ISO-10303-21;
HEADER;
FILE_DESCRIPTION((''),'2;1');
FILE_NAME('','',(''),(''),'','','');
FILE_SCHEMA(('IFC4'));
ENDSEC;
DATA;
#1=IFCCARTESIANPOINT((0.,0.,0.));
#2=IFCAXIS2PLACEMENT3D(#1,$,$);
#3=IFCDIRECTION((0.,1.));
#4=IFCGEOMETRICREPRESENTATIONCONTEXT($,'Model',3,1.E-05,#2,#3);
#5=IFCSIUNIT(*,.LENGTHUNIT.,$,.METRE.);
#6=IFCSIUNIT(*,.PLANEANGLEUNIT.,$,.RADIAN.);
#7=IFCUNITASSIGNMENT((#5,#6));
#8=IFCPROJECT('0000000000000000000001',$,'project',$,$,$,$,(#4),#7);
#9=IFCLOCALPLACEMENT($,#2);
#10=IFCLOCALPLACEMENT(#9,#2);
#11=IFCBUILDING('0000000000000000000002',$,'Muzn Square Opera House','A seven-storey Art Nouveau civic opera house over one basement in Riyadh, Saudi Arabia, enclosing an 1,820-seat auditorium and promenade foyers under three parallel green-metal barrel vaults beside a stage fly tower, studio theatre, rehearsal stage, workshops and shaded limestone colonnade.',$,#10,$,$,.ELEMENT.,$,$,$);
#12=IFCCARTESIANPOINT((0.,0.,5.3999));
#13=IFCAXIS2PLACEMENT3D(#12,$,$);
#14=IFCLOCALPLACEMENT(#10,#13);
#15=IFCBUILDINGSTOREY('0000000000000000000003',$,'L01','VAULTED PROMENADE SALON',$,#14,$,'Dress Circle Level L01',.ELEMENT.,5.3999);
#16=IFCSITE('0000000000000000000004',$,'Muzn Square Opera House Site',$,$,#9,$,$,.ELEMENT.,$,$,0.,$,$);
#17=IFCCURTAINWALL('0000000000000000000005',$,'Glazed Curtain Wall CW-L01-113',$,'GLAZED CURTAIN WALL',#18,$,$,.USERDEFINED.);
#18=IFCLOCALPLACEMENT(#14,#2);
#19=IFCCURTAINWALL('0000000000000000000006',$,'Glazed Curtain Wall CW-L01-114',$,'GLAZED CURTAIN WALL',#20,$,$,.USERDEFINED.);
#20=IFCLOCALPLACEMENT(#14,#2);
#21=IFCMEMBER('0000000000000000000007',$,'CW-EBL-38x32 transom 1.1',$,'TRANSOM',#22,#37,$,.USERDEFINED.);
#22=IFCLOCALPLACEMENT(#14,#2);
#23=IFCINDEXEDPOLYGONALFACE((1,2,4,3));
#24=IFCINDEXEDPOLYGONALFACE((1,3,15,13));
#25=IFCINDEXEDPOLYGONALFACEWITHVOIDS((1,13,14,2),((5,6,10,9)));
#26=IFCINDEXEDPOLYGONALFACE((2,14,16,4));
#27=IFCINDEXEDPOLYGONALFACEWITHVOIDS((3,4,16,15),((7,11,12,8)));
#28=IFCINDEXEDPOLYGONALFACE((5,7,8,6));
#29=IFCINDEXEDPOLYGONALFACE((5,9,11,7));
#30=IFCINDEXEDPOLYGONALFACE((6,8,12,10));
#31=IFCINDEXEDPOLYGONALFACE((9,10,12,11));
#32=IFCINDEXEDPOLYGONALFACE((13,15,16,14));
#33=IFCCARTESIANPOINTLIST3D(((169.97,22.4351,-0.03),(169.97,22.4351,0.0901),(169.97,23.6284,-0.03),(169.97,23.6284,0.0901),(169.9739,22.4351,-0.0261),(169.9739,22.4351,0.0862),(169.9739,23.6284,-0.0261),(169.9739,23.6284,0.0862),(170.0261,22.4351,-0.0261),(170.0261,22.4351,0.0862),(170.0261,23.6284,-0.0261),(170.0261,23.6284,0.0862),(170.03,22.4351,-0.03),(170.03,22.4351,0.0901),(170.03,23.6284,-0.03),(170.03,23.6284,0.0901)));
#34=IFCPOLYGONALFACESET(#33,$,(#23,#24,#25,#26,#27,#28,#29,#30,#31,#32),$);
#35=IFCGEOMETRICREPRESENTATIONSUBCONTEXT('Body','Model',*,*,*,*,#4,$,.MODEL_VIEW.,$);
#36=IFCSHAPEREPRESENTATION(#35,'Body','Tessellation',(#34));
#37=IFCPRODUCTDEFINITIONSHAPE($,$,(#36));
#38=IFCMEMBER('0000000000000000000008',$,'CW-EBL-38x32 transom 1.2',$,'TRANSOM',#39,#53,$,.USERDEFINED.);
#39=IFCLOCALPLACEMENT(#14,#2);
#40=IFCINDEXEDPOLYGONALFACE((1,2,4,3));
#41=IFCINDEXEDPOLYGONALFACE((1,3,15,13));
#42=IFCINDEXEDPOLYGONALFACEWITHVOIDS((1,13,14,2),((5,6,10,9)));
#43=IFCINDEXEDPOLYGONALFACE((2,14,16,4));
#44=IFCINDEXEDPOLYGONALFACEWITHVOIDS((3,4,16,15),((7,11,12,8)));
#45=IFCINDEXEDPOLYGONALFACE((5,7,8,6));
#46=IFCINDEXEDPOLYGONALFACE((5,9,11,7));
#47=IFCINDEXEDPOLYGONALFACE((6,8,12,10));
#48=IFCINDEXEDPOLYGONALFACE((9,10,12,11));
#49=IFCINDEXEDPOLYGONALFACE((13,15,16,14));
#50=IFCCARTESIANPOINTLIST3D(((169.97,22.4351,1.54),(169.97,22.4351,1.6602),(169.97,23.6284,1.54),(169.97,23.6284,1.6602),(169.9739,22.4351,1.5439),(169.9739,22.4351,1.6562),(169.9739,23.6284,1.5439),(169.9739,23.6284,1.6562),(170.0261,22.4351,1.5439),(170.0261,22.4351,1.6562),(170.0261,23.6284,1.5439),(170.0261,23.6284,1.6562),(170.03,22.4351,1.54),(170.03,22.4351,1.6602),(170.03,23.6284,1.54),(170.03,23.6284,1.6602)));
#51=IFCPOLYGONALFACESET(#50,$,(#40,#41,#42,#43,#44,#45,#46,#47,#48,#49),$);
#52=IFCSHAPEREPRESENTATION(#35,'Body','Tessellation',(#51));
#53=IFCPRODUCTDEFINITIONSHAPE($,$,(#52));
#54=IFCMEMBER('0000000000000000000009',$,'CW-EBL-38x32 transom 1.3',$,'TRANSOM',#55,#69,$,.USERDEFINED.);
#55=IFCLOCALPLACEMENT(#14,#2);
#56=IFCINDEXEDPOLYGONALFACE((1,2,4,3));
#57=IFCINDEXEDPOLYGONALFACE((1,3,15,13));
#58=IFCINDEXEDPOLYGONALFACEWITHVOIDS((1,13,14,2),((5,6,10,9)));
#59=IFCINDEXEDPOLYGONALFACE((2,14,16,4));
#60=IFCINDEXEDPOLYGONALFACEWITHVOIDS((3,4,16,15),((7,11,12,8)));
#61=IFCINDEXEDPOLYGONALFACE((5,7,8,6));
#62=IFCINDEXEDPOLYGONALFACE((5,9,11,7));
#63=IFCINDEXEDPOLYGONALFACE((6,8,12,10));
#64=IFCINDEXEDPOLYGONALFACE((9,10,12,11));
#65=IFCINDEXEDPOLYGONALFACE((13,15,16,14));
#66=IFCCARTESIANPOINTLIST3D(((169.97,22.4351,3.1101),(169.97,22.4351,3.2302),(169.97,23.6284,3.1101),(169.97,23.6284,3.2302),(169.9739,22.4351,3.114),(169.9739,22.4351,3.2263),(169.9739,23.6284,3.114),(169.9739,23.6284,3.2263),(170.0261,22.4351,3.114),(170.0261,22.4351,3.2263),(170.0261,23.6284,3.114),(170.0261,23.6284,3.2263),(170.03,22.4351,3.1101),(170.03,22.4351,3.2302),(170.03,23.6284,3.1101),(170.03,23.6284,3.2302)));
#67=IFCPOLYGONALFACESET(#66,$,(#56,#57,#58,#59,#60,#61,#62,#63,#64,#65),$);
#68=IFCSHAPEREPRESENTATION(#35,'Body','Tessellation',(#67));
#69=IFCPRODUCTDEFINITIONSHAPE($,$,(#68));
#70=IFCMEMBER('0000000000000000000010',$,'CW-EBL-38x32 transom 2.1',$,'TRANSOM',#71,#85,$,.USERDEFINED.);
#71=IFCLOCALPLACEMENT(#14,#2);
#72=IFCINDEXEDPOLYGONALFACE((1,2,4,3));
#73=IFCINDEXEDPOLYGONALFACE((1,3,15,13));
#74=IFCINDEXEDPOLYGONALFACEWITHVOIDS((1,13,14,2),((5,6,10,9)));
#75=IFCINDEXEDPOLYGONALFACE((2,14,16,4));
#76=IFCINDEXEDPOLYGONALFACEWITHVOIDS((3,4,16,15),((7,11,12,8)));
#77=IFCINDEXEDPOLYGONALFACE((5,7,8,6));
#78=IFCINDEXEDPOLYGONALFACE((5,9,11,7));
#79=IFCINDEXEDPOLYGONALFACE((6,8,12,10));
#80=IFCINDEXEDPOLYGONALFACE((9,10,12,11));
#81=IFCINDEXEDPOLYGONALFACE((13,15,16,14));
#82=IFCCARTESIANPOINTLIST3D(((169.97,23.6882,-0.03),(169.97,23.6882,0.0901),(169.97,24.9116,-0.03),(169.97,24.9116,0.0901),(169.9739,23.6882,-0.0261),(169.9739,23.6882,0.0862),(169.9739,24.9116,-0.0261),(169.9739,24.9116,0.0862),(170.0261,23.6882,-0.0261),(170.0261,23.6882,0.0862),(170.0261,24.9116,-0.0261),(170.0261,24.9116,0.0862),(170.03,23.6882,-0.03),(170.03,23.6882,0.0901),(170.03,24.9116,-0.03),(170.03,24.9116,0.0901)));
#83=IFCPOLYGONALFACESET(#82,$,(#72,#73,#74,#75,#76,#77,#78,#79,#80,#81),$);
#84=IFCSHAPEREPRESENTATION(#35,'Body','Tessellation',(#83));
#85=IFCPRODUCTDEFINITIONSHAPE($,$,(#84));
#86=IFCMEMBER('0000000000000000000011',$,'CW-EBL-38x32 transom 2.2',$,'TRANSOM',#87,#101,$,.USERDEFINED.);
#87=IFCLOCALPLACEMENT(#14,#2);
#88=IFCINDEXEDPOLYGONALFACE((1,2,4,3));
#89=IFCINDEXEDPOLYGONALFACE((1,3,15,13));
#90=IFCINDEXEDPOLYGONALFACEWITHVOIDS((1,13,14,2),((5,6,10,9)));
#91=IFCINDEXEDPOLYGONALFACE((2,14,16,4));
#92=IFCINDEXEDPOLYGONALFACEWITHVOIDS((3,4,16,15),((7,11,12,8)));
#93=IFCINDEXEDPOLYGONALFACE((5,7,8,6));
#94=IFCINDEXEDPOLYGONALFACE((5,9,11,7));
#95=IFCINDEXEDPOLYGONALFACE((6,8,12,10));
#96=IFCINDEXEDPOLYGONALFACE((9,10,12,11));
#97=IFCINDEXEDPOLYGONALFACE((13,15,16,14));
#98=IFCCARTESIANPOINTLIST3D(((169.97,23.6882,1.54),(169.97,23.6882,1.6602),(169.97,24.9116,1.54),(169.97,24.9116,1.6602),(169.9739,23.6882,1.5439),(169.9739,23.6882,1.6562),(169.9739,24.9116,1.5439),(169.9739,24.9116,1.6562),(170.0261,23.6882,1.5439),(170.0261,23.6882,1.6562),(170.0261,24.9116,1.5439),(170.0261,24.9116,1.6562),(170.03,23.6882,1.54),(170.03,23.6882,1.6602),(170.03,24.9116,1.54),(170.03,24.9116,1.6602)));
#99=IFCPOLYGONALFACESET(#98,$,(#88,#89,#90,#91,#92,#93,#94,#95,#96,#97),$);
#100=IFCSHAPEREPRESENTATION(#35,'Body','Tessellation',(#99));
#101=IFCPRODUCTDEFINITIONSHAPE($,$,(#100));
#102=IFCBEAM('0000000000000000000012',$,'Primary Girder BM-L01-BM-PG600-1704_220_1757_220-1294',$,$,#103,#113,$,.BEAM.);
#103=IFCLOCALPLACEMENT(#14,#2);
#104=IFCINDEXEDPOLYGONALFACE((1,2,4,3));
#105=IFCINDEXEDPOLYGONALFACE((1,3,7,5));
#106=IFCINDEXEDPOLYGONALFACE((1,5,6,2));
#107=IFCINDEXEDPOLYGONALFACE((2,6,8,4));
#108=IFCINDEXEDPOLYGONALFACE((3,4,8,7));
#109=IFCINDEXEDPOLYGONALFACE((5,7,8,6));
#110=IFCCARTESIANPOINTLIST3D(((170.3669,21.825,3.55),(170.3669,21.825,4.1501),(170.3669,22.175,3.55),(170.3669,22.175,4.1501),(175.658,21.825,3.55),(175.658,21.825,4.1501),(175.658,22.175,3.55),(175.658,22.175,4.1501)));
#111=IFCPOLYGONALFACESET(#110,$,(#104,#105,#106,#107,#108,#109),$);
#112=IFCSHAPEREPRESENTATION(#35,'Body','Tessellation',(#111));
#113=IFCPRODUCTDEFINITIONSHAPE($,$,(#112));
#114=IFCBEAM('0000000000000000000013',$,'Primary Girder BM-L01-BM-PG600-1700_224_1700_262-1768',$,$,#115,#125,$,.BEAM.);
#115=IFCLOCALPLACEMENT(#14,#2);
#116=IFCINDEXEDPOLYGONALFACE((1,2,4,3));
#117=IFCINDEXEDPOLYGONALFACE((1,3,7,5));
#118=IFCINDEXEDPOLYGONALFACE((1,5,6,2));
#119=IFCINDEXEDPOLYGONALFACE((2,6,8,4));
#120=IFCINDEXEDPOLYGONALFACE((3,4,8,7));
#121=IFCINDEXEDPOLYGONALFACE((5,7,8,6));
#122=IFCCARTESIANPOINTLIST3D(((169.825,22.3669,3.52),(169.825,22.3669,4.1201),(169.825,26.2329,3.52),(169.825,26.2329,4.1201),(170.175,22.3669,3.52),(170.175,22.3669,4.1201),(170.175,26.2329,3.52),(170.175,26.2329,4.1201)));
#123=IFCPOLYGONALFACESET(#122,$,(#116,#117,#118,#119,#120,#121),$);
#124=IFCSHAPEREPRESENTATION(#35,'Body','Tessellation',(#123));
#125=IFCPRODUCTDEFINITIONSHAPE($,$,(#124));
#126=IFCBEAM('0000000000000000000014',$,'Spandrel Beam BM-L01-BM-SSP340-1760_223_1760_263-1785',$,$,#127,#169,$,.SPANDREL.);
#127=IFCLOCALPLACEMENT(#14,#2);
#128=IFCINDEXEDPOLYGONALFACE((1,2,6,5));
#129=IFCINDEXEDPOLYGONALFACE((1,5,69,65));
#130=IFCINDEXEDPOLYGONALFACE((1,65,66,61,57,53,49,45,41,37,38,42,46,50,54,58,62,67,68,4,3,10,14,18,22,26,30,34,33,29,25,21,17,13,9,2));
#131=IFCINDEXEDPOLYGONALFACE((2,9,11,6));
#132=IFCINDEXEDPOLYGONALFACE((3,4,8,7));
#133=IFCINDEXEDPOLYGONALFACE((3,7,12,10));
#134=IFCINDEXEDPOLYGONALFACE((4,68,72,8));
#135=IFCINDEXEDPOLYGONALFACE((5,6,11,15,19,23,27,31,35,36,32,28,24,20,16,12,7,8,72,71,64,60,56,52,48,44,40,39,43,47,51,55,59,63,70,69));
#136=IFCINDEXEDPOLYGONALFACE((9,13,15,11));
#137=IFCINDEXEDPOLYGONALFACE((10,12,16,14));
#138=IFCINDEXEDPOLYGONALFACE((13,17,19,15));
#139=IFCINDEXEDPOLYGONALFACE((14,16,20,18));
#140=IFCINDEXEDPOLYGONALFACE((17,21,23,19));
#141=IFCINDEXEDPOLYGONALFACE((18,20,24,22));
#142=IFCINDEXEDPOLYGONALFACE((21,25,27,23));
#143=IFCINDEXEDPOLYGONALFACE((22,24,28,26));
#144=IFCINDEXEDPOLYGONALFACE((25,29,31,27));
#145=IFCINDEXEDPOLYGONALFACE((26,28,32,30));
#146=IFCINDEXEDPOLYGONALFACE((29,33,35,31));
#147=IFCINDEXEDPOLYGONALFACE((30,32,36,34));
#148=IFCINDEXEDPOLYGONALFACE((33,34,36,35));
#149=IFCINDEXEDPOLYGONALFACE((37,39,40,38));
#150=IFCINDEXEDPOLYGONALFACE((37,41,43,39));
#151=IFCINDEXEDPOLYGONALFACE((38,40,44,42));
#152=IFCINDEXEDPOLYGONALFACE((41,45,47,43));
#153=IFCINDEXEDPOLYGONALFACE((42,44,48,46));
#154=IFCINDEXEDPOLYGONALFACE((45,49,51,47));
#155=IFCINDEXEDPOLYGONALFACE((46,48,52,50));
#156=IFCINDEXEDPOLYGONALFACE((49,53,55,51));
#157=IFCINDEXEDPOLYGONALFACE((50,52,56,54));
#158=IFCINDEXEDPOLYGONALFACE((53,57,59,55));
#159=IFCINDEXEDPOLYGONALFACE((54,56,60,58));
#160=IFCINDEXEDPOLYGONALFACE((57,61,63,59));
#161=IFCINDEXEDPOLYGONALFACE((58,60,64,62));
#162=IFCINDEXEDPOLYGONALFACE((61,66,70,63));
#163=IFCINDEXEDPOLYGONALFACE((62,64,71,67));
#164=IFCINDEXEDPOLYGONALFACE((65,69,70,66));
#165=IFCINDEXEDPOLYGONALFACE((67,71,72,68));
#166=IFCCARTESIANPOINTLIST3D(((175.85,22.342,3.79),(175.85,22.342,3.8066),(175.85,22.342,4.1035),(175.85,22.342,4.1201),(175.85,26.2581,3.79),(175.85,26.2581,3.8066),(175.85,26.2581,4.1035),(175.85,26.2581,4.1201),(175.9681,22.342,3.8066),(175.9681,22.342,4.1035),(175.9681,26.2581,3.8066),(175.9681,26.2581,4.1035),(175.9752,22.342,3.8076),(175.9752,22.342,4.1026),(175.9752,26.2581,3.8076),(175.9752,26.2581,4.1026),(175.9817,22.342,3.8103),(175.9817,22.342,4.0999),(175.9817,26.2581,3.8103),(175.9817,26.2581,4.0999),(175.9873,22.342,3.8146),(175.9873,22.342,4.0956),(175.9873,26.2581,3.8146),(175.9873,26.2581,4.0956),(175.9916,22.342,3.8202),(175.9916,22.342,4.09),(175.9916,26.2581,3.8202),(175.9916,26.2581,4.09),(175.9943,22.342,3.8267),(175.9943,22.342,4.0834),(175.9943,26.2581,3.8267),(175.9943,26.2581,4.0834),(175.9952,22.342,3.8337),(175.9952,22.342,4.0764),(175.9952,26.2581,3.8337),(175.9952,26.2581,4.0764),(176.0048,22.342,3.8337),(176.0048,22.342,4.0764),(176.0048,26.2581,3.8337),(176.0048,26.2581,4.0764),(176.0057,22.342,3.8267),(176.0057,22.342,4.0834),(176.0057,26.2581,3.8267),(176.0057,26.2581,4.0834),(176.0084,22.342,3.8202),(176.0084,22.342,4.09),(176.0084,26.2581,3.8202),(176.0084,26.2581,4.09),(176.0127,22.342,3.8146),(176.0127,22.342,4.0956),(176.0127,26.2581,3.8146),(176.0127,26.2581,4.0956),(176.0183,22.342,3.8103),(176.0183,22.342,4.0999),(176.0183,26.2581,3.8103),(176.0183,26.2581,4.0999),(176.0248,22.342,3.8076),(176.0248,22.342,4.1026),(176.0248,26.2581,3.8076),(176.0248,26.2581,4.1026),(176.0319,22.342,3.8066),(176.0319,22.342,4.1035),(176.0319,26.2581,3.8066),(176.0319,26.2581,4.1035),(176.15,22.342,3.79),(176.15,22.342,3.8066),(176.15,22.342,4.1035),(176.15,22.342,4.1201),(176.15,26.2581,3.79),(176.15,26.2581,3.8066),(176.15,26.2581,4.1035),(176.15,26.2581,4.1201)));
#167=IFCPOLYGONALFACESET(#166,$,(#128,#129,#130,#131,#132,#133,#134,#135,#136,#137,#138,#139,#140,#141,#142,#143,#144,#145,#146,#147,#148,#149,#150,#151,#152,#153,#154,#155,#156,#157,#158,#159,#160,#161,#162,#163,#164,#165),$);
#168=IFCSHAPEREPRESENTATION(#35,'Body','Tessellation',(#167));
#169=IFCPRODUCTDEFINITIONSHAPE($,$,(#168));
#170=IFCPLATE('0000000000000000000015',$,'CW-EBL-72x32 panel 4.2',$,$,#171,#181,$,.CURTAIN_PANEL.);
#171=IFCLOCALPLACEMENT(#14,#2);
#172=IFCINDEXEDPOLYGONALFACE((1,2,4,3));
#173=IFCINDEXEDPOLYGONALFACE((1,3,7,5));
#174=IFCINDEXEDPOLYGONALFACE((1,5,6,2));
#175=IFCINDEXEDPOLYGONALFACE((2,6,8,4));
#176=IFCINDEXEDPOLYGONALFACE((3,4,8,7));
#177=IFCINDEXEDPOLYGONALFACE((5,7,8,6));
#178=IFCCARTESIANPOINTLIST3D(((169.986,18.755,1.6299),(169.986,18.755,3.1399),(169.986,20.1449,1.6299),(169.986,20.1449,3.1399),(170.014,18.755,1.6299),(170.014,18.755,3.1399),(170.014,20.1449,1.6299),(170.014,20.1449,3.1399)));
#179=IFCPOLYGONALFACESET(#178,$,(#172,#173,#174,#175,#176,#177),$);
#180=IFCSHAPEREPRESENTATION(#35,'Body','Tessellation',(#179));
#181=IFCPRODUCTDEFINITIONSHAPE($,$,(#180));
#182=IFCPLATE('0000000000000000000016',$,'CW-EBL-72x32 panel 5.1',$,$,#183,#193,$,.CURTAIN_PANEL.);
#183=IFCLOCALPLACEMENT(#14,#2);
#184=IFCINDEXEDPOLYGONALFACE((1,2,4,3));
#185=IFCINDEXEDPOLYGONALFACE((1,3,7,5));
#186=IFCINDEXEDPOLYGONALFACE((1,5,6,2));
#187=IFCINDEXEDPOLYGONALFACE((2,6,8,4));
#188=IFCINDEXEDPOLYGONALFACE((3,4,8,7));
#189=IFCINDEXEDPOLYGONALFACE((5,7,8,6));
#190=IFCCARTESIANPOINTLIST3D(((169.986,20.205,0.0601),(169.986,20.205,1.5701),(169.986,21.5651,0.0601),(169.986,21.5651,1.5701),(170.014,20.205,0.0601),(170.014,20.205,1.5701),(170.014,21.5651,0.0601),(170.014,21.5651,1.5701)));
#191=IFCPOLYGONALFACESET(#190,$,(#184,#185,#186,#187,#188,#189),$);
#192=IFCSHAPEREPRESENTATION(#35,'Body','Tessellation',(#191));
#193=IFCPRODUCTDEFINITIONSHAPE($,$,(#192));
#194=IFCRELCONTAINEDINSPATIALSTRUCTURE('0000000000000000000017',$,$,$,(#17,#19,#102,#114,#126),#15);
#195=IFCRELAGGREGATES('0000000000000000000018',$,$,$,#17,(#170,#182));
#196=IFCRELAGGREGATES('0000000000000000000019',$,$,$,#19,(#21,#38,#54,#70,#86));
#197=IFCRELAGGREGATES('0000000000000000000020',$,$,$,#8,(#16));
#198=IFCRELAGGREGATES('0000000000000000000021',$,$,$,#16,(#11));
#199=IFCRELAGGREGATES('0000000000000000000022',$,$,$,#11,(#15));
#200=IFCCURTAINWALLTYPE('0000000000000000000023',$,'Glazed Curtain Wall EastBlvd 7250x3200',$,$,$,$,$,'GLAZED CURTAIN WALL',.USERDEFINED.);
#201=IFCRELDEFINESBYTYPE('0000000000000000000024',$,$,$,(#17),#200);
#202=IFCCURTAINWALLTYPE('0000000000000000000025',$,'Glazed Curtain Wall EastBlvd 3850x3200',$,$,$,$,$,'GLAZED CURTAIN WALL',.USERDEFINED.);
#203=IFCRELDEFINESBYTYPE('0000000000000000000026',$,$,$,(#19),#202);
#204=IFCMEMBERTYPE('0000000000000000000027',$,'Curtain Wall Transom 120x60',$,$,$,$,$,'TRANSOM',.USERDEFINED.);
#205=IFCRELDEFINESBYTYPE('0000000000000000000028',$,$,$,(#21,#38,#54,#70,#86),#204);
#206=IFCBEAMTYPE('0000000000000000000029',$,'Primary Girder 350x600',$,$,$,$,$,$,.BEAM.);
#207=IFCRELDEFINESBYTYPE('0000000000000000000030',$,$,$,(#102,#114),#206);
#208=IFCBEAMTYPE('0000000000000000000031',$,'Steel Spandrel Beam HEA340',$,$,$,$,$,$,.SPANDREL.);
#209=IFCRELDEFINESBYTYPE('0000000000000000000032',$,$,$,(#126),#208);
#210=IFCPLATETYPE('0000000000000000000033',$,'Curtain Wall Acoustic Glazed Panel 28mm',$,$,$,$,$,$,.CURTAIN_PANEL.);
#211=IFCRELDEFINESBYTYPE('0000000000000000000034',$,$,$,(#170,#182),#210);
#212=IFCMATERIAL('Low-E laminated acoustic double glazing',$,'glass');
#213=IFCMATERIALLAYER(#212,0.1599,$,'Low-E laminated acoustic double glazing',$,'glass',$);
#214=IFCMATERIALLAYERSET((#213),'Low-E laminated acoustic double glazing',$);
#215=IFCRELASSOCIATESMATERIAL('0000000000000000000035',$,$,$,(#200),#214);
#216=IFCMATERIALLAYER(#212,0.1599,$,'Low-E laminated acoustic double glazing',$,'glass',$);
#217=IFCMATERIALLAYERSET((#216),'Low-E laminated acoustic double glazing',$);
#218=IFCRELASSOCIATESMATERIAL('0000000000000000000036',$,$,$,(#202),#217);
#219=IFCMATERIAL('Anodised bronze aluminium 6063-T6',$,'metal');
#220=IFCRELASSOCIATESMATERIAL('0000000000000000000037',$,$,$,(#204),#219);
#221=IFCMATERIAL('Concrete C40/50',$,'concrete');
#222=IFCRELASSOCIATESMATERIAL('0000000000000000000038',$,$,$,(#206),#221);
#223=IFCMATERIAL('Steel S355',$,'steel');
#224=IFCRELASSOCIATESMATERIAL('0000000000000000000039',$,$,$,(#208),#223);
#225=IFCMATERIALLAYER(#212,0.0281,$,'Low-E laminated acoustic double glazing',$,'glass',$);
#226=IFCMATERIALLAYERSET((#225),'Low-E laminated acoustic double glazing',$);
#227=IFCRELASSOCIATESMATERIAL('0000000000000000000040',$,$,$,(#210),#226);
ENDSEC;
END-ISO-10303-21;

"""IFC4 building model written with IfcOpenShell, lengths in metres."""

from ifc_helpers import new_model, si_unit, direction, frame, origin, origin_2d, place, context, subcontext, project, spatial, rectangle, hollow_rectangle, i_section, extrude, material, layer, layer_set, material_profile, profile_set, type_object, element, aggregate, save


model = new_model("IFC4")

# Units and contexts
model_context = context("Model", 3, precision=1e-05, world=origin(), true_north=direction((0.0, 1.0)))
body_context = subcontext(model_context, "Body", "Model", "MODEL_VIEW")
ifc_project = project(units=[si_unit("LENGTHUNIT", "METRE"), si_unit("PLANEANGLEUNIT", "RADIAN")], contexts=[model_context])

# Site, building, storey
site_placement = place(None, origin())
site = spatial("IfcSite", under=ifc_project, at=site_placement, Name="Muzn Square Opera House Site", CompositionType="ELEMENT", RefElevation=0.0)
building_placement = place(site_placement, origin())
building = spatial("IfcBuilding", under=site, at=building_placement, Name="Muzn Square Opera House", Description="A seven-storey Art Nouveau civic opera house over one basement in Riyadh, Saudi Arabia, enclosing an 1,820-seat auditorium and promenade foyers under three parallel green-metal barrel vaults beside a stage fly tower, studio theatre, rehearsal stage, workshops and shaded limestone colonnade.", CompositionType="ELEMENT")
storey_placement = place(building_placement, frame((0.0, 0.0, 5.3999)))
storey = spatial("IfcBuildingStorey", under=building, at=storey_placement, Name="L01", Description="VAULTED PROMENADE SALON", LongName="Dress Circle Level L01", CompositionType="ELEMENT", Elevation=5.3999)

# Curtain walls
ifc_material_1 = material(Name="Low-E laminated acoustic double glazing", Category="glass")
ifc_layer_1 = layer(ifc_material_1, 0.1599, Name="Low-E laminated acoustic double glazing", Category="glass")
ifc_layer_set_1 = layer_set([ifc_layer_1], Name="Low-E laminated acoustic double glazing")
curtain_wall_type_1 = type_object("IfcCurtainWallType", Name="Glazed Curtain Wall EastBlvd 7250x3200", ElementType="GLAZED CURTAIN WALL", PredefinedType="USERDEFINED", material=ifc_layer_set_1)
curtain_wall_1_placement = place(storey_placement, origin())
curtain_wall_1 = element("IfcCurtainWall", 1, at=curtain_wall_1_placement, inside=storey, type_object=curtain_wall_type_1, Name="Glazed Curtain Wall CW-L01-113", ObjectType="GLAZED CURTAIN WALL", PredefinedType="USERDEFINED")
ifc_material_2 = material(Name="Anodised bronze aluminium 6063-T6", Category="metal")
ifc_layer_2 = layer(ifc_material_1, 0.1599, Name="Low-E laminated acoustic double glazing", Category="glass")
ifc_layer_set_2 = layer_set([ifc_layer_2], Name="Low-E laminated acoustic double glazing")
curtain_wall_type_2 = type_object("IfcCurtainWallType", Name="Glazed Curtain Wall EastBlvd 3850x3200", ElementType="GLAZED CURTAIN WALL", PredefinedType="USERDEFINED", material=ifc_layer_set_2)
curtain_wall_2_placement = place(storey_placement, origin())
curtain_wall_2 = element("IfcCurtainWall", 2, at=curtain_wall_2_placement, inside=storey, type_object=curtain_wall_type_2, Name="Glazed Curtain Wall CW-L01-114", ObjectType="GLAZED CURTAIN WALL", PredefinedType="USERDEFINED")

# Members
ifc_material_profile_1 = material_profile(ifc_material_2, hollow_rectangle(XDim=0.0601, YDim=0.1201, WallThickness=0.0039, at=origin_2d()), Name="ALU 120x60x4", Category="metal")
ifc_profile_set_1 = profile_set([ifc_material_profile_1], Name="Anodised bronze aluminium 6063-T6")
member_type_1 = type_object("IfcMemberType", Name="Curtain Wall Transom 120x60", ElementType="TRANSOM", PredefinedType="USERDEFINED", material=ifc_profile_set_1)
member_1_placement = place(storey_placement, frame((170.0, 22.4351, 0.03), z_axis=(0.0, 1.0, 0.0), x_axis=(-1.0, 0.0, 0.0)))
member_1 = element("IfcMember", 3, at=member_1_placement, type_object=member_type_1, Name="CW-EBL-38x32 transom 1.1", ObjectType="TRANSOM", PredefinedType="USERDEFINED", context=body_context, shape_type="SweptSolid", body=[
    extrude(hollow_rectangle(XDim=0.0601, YDim=0.1201, WallThickness=0.0039, at=origin_2d()), origin(), (0.0, 0.0, 1.0), 1.1934),
])
member_2_placement = place(storey_placement, frame((170.0, 22.4351, 1.6001), z_axis=(0.0, 1.0, 0.0), x_axis=(-1.0, 0.0, 0.0)))
member_2 = element("IfcMember", 4, at=member_2_placement, type_object=member_type_1, Name="CW-EBL-38x32 transom 1.2", ObjectType="TRANSOM", PredefinedType="USERDEFINED", context=body_context, shape_type="SweptSolid", body=[
    extrude(hollow_rectangle(XDim=0.0601, YDim=0.1201, WallThickness=0.0039, at=origin_2d()), origin(), (0.0, 0.0, 1.0), 1.1934),
])
member_3_placement = place(storey_placement, frame((170.0, 22.4351, 3.1702), z_axis=(0.0, 1.0, 0.0), x_axis=(-1.0, 0.0, 0.0)))
member_3 = element("IfcMember", 5, at=member_3_placement, type_object=member_type_1, Name="CW-EBL-38x32 transom 1.3", ObjectType="TRANSOM", PredefinedType="USERDEFINED", context=body_context, shape_type="SweptSolid", body=[
    extrude(hollow_rectangle(XDim=0.0601, YDim=0.1201, WallThickness=0.0039, at=origin_2d()), origin(), (0.0, 0.0, 1.0), 1.1934),
])
member_4_placement = place(storey_placement, frame((170.0, 23.6882, 0.03), z_axis=(0.0, 1.0, 0.0), x_axis=(-1.0, 0.0, 0.0)))
member_4 = element("IfcMember", 6, at=member_4_placement, type_object=member_type_1, Name="CW-EBL-38x32 transom 2.1", ObjectType="TRANSOM", PredefinedType="USERDEFINED", context=body_context, shape_type="SweptSolid", body=[
    extrude(hollow_rectangle(XDim=0.0601, YDim=0.1201, WallThickness=0.0039, at=origin_2d()), origin(), (0.0, 0.0, 1.0), 1.2234),
])
member_5_placement = place(storey_placement, frame((170.0, 23.6882, 1.6001), z_axis=(0.0, 1.0, 0.0), x_axis=(-1.0, 0.0, 0.0)))
member_5 = element("IfcMember", 7, at=member_5_placement, type_object=member_type_1, Name="CW-EBL-38x32 transom 2.2", ObjectType="TRANSOM", PredefinedType="USERDEFINED", context=body_context, shape_type="SweptSolid", body=[
    extrude(hollow_rectangle(XDim=0.0601, YDim=0.1201, WallThickness=0.0039, at=origin_2d()), origin(), (0.0, 0.0, 1.0), 1.2234),
])

# Beams
ifc_material_3 = material(Name="Concrete C40/50", Category="concrete")
ifc_material_profile_2 = material_profile(ifc_material_3, rectangle(XDim=0.3501, YDim=0.6001, at=origin_2d()), Name="RCB 350x600", Category="concrete")
ifc_profile_set_2 = profile_set([ifc_material_profile_2], Name="Concrete C40/50")
beam_type_1 = type_object("IfcBeamType", Name="Primary Girder 350x600", PredefinedType="BEAM", material=ifc_profile_set_2)
beam_1_placement = place(storey_placement, frame((170.3669, 22.0, 3.8501), z_axis=(1.0, 0.0, 0.0), x_axis=(0.0, 1.0, 0.0)))
element("IfcBeam", 8, at=beam_1_placement, inside=storey, type_object=beam_type_1, Name="Primary Girder BM-L01-BM-PG600-1704_220_1757_220-1294", PredefinedType="BEAM", context=body_context, shape_type="SweptSolid", body=[
    extrude(rectangle(XDim=0.3501, YDim=0.6001, at=origin_2d()), origin(), (0.0, 0.0, 1.0), 5.291),
])
beam_2_placement = place(storey_placement, frame((170.0, 22.3669, 3.8201), z_axis=(0.0, 1.0, 0.0), x_axis=(-1.0, 0.0, 0.0)))
element("IfcBeam", 9, at=beam_2_placement, inside=storey, type_object=beam_type_1, Name="Primary Girder BM-L01-BM-PG600-1700_224_1700_262-1768", PredefinedType="BEAM", context=body_context, shape_type="SweptSolid", body=[
    extrude(rectangle(XDim=0.3501, YDim=0.6001, at=origin_2d()), origin(), (0.0, 0.0, 1.0), 3.866),
])
ifc_material_4 = material(Name="Steel S355", Category="steel")
ifc_material_profile_3 = material_profile(ifc_material_4, i_section(OverallWidth=0.3, OverallDepth=0.3301, WebThickness=0.0095, FlangeThickness=0.0166, FilletRadius=0.0271, at=origin_2d()), Name="HEA 340", Category="steel")
ifc_profile_set_3 = profile_set([ifc_material_profile_3], Name="Steel S355")
beam_type_2 = type_object("IfcBeamType", Name="Steel Spandrel Beam HEA340", PredefinedType="SPANDREL", material=ifc_profile_set_3)
beam_3_placement = place(storey_placement, frame((176.0, 22.342, 3.9551), z_axis=(0.0, 1.0, 0.0), x_axis=(-1.0, 0.0, 0.0)))
element("IfcBeam", 10, at=beam_3_placement, inside=storey, type_object=beam_type_2, Name="Spandrel Beam BM-L01-BM-SSP340-1760_223_1760_263-1785", PredefinedType="SPANDREL", context=body_context, shape_type="SweptSolid", body=[
    extrude(i_section(OverallWidth=0.3, OverallDepth=0.3301, WebThickness=0.0095, FlangeThickness=0.0166, FilletRadius=0.0271, at=origin_2d()), origin(), (0.0, 0.0, 1.0), 3.916),
])

# Plates
ifc_layer_3 = layer(ifc_material_1, 0.0281, Name="Low-E laminated acoustic double glazing", Category="glass")
ifc_layer_set_3 = layer_set([ifc_layer_3], Name="Low-E laminated acoustic double glazing")
plate_type = type_object("IfcPlateType", Name="Curtain Wall Acoustic Glazed Panel 28mm", PredefinedType="CURTAIN_PANEL", material=ifc_layer_set_3)
plate_1_placement = place(storey_placement, frame((170.0, 19.45, 1.6299), z_axis=(0.0, 0.0, 1.0), x_axis=(0.0, 1.0, 0.0)))
plate_1 = element("IfcPlate", 11, at=plate_1_placement, type_object=plate_type, Name="CW-EBL-72x32 panel 4.2", PredefinedType="CURTAIN_PANEL", context=body_context, shape_type="SweptSolid", body=[
    extrude(rectangle(XDim=1.3899, YDim=0.0281, at=origin_2d()), origin(), (0.0, 0.0, 1.0), 1.51),
])
plate_2_placement = place(storey_placement, frame((170.0, 20.885, 0.0601), z_axis=(0.0, 0.0, 1.0), x_axis=(0.0, 1.0, 0.0)))
plate_2 = element("IfcPlate", 12, at=plate_2_placement, type_object=plate_type, Name="CW-EBL-72x32 panel 5.1", PredefinedType="CURTAIN_PANEL", context=body_context, shape_type="SweptSolid", body=[
    extrude(rectangle(XDim=1.3601, YDim=0.0281, at=origin_2d()), origin(), (0.0, 0.0, 1.0), 1.51),
])
aggregate(curtain_wall_1, [plate_1, plate_2])
aggregate(curtain_wall_2, [member_1, member_2, member_3, member_4, member_5])

save(model, "model.ifc")
